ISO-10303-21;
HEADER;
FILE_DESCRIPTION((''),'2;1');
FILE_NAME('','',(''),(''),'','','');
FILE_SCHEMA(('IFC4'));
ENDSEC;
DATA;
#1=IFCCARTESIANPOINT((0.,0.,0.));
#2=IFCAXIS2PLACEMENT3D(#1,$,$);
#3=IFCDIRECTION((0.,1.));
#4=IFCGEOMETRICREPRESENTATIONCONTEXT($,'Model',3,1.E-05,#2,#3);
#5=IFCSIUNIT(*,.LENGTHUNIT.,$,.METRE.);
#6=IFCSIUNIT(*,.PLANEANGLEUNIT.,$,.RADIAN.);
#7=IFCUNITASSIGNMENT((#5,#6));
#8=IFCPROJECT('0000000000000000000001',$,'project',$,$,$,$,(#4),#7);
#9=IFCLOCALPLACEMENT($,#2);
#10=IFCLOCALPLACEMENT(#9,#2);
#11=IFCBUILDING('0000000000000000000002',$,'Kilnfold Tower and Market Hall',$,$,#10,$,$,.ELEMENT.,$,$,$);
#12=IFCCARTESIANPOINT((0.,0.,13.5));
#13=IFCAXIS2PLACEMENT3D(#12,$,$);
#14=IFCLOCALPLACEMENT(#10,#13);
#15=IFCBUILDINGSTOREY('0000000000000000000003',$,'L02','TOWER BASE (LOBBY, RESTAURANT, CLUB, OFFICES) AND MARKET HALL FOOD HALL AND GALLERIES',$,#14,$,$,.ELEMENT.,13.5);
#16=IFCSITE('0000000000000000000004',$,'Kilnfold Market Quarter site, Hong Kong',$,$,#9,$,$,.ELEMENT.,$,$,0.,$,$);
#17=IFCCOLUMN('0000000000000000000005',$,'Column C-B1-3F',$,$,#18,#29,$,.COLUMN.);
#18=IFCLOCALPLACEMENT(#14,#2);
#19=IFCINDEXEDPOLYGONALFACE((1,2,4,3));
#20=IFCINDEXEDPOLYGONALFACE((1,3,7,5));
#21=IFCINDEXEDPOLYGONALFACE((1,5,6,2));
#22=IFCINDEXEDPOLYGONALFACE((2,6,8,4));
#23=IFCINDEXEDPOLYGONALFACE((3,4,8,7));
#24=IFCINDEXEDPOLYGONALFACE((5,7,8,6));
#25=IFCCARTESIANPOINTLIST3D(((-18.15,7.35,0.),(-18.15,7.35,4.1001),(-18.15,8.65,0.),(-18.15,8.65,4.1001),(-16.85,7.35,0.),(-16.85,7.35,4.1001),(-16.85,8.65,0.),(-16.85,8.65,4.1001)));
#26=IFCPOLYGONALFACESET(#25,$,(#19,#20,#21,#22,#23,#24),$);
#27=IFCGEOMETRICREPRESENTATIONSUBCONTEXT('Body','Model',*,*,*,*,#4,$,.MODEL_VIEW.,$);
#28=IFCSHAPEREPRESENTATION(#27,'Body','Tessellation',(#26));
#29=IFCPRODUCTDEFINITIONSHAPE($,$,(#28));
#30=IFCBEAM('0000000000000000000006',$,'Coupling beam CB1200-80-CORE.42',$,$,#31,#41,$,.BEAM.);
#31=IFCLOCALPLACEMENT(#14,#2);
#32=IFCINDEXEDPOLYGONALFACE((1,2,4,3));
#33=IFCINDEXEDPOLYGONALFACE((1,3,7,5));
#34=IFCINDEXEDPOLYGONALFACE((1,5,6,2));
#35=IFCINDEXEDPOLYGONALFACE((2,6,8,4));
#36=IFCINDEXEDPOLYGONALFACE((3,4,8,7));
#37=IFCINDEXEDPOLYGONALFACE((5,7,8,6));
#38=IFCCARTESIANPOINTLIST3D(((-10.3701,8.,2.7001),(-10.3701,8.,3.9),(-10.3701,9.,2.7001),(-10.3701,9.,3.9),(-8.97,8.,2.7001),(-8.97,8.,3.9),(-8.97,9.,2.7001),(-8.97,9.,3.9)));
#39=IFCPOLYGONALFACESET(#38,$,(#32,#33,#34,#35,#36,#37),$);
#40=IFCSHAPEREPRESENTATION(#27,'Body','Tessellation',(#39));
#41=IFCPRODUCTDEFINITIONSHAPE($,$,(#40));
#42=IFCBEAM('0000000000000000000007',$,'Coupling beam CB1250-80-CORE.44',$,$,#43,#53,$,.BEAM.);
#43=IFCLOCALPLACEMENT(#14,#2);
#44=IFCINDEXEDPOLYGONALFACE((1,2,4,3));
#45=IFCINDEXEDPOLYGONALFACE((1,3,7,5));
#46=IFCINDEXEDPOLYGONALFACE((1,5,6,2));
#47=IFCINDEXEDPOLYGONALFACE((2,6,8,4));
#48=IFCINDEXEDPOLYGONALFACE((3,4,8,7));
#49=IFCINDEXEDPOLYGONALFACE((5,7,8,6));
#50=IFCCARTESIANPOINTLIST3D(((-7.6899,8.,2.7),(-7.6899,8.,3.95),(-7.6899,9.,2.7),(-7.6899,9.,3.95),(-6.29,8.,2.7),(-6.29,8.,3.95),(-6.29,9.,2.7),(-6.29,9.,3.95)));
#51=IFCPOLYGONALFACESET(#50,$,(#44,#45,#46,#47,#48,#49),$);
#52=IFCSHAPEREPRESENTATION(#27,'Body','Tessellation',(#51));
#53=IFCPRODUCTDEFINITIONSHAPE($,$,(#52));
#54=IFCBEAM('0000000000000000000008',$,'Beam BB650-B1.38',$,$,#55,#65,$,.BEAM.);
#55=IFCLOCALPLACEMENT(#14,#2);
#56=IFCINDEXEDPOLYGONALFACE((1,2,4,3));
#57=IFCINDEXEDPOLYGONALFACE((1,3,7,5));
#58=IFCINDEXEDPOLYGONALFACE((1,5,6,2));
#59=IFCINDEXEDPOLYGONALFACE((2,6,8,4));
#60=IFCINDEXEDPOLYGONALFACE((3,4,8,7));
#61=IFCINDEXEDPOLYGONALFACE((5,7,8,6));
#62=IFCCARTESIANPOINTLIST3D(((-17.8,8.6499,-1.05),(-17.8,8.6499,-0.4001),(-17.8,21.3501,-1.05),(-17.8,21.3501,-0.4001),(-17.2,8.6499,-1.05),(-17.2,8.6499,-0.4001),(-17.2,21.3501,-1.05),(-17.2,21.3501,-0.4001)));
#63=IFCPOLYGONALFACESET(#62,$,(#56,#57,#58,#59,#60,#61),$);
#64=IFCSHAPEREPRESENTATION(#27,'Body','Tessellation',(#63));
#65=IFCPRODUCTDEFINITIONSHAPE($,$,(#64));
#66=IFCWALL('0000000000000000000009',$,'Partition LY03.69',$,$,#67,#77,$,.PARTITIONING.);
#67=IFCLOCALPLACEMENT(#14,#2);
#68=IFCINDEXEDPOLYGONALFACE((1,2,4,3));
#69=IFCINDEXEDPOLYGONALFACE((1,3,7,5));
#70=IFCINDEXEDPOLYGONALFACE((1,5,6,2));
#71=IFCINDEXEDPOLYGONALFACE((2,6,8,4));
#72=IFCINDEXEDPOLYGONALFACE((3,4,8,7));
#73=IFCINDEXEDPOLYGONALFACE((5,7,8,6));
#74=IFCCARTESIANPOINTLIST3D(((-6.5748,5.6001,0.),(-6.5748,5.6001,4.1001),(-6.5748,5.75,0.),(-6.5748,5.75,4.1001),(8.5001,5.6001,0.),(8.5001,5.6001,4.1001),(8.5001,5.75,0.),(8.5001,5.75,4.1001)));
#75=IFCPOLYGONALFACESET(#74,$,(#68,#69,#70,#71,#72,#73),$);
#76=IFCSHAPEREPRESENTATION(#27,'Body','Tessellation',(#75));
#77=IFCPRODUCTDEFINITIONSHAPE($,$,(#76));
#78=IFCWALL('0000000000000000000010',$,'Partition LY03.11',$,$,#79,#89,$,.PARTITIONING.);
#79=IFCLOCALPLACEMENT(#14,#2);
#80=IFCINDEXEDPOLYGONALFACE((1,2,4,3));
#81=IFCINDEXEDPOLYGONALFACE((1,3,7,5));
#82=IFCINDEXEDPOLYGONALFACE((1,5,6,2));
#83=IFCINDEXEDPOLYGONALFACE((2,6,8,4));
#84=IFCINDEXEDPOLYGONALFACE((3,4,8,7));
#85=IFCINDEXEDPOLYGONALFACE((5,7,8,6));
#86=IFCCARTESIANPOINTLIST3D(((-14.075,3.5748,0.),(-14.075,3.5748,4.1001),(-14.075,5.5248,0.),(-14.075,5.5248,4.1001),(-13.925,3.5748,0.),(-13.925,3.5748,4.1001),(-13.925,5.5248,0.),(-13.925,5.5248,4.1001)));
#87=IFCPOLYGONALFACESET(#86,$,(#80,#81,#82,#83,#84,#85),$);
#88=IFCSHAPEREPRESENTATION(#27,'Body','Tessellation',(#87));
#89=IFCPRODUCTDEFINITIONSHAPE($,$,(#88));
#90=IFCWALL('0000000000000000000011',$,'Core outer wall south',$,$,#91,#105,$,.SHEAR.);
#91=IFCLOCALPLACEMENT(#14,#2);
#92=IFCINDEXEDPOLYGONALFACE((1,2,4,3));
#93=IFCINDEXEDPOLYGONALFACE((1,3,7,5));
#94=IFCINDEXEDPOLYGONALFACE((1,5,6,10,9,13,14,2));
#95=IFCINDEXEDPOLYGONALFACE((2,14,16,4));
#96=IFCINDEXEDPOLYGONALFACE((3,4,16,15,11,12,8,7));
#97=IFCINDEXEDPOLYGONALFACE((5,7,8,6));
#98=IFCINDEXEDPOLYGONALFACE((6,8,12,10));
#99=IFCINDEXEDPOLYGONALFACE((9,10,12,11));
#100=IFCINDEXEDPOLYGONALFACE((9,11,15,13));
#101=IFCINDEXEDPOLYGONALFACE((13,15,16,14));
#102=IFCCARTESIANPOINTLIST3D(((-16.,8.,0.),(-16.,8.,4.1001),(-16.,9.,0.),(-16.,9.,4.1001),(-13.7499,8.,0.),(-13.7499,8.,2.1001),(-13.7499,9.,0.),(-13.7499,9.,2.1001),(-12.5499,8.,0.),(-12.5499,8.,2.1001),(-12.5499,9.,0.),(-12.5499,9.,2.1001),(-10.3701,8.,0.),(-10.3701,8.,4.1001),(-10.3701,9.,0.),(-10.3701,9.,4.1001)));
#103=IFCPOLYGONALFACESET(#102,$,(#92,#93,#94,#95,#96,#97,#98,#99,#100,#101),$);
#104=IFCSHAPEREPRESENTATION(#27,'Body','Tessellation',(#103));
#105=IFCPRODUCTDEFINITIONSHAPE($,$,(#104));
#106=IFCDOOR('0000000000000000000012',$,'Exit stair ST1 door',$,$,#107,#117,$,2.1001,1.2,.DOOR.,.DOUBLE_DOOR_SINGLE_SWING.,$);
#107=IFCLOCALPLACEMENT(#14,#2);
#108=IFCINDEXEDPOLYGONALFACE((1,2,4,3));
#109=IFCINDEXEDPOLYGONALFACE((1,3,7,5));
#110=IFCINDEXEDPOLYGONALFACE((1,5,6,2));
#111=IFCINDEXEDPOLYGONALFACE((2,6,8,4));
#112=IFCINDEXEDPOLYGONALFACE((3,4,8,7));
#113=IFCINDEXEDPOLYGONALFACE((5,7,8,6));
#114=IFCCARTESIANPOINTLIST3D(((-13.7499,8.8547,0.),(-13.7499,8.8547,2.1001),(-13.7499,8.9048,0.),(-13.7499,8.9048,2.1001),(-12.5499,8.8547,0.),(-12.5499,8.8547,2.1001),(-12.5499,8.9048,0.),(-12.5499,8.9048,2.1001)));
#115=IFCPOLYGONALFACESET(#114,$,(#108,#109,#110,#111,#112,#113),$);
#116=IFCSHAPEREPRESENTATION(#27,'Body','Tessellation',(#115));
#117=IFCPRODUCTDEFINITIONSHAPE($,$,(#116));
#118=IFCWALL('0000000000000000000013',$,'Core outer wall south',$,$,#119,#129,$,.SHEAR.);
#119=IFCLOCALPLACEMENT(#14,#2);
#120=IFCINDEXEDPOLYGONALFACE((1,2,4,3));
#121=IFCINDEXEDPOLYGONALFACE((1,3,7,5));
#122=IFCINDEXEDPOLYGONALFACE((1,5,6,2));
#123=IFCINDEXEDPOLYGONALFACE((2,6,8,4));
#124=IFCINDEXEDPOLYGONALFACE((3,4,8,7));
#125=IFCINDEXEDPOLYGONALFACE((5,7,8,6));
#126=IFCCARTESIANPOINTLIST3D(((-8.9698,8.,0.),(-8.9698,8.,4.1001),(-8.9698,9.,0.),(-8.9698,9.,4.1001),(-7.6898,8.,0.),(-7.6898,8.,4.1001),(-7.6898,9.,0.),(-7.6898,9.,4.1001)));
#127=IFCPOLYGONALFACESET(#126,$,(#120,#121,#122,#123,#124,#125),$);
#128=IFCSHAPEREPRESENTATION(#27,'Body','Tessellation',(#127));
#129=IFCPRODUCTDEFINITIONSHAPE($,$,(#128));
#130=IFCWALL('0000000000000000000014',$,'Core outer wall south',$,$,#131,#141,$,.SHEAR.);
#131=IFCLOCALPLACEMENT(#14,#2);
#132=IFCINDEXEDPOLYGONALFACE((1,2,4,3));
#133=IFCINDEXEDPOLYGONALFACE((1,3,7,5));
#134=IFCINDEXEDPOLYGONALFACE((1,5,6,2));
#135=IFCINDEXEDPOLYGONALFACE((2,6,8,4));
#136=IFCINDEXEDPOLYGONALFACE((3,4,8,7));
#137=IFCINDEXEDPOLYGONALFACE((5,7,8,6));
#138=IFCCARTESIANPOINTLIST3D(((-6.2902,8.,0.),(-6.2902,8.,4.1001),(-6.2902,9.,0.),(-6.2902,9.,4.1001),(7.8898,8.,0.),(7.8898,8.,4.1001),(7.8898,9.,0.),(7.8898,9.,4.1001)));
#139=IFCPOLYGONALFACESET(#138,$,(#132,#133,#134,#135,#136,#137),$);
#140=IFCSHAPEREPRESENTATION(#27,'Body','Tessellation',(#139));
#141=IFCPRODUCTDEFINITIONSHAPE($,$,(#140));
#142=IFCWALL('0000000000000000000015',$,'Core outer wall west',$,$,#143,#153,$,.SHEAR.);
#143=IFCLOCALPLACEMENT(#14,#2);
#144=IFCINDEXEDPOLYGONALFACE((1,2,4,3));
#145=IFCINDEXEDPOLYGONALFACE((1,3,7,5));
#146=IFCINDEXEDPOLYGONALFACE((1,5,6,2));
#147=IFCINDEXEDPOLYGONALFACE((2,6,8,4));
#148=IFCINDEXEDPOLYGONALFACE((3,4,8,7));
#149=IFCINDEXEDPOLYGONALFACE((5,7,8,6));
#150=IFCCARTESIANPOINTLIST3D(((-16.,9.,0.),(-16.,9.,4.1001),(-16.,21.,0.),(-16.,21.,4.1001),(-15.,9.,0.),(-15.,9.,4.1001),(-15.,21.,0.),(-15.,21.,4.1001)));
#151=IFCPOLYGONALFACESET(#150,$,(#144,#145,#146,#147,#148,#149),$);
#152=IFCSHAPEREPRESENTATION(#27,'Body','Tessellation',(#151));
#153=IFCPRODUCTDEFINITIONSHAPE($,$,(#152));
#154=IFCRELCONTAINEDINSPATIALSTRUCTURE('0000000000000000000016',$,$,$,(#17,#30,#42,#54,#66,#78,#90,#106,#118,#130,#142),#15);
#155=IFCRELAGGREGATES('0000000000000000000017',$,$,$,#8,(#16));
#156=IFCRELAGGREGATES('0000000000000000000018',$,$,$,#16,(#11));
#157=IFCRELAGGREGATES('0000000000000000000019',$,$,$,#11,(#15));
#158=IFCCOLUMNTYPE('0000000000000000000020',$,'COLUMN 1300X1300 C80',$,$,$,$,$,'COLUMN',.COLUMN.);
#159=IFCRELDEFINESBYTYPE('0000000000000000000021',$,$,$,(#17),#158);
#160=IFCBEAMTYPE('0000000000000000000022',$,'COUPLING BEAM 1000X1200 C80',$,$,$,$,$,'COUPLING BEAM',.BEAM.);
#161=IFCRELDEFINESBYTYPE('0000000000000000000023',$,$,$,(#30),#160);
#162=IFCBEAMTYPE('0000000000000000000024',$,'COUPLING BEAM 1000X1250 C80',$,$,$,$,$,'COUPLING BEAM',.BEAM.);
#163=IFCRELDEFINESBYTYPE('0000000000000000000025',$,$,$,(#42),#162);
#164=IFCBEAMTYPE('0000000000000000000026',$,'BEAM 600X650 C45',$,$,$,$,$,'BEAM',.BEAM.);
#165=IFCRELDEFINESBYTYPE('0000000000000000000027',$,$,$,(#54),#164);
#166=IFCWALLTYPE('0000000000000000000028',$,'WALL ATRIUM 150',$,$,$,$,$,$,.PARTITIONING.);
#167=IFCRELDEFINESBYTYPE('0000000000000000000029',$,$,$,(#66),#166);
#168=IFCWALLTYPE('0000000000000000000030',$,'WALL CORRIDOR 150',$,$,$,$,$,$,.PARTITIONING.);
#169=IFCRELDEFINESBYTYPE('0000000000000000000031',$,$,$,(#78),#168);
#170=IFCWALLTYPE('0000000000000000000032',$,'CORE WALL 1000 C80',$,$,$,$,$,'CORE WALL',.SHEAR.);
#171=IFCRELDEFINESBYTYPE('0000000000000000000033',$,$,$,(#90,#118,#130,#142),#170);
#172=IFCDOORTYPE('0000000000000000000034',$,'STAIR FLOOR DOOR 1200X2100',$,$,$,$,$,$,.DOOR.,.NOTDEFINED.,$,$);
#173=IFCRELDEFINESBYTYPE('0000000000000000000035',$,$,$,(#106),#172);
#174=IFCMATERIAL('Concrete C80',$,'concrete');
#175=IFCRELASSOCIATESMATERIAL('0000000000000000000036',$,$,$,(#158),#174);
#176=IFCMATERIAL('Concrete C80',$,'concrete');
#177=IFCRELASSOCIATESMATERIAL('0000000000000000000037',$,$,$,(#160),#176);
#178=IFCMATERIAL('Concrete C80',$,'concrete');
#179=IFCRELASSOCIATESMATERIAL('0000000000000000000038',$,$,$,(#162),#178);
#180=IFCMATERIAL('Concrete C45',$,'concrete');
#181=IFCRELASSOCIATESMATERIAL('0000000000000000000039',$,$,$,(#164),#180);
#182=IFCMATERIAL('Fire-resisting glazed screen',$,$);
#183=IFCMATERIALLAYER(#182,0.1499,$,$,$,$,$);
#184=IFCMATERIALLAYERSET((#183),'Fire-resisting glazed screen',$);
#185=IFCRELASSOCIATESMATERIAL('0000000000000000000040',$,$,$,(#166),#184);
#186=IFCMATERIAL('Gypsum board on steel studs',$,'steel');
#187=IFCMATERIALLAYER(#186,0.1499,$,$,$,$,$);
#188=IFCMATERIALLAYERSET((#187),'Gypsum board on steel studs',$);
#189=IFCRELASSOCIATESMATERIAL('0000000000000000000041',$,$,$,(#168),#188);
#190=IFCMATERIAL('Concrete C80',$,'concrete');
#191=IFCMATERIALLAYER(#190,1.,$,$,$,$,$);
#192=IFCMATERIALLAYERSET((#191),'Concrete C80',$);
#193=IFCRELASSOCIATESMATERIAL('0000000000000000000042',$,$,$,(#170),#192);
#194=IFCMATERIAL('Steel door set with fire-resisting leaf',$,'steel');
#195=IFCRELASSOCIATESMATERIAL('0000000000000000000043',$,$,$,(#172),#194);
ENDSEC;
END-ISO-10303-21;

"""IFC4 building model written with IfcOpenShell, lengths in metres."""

from ifc_helpers import new_model, si_unit, direction, frame, frame_2d, origin, origin_2d, place, context, subcontext, project, spatial, rectangle, extrude, source, transform, mapped, material, layer, layer_set, material_profile, profile_set, type_object, element, fill, save


model = new_model("IFC4")

# Units and contexts
model_context = context("Model", 3, precision=1e-05, world=origin(), true_north=direction((0.0, 1.0)))
body_context = subcontext(model_context, "Body", "Model", "MODEL_VIEW")
ifc_project = project(units=[si_unit("LENGTHUNIT", "METRE"), si_unit("PLANEANGLEUNIT", "RADIAN")], contexts=[model_context])

# Site, building, storey
site_placement = place(None, origin())
site = spatial("IfcSite", under=ifc_project, at=site_placement, Name="Kilnfold Market Quarter site, Hong Kong", CompositionType="ELEMENT", RefElevation=0.0)
building_placement = place(site_placement, origin())
building = spatial("IfcBuilding", under=site, at=building_placement, Name="Kilnfold Tower and Market Hall", CompositionType="ELEMENT")
storey_placement = place(building_placement, frame((0.0, 0.0, 13.5)))
storey = spatial("IfcBuildingStorey", under=building, at=storey_placement, Name="L02", Description="TOWER BASE (LOBBY, RESTAURANT, CLUB, OFFICES) AND MARKET HALL FOOD HALL AND GALLERIES", CompositionType="ELEMENT", Elevation=13.5)

# Column
ifc_material_1 = material(Name="Concrete C80", Category="concrete")
ifc_material_profile_1 = material_profile(ifc_material_1, rectangle(XDim=1.3, YDim=1.3, at=origin_2d()), Name="RC 1300x1300")
ifc_profile_set_1 = profile_set([ifc_material_profile_1], Name="Concrete C80")
column_type = type_object("IfcColumnType", Name="COLUMN 1300X1300 C80", ElementType="COLUMN", PredefinedType="COLUMN", material=ifc_profile_set_1)
shared_shape_1 = source(origin(), body_context, "Body", "SweptSolid", [
    extrude(rectangle(XDim=1.3, YDim=1.3, at=origin_2d()), origin(), (0.0, 0.0, 1.0), 4.1001),
])
column_placement = place(storey_placement, frame((-17.5, 8.0, 0.0), z_axis=(0.0, 0.0, 1.0), x_axis=(1.0, 0.0, 0.0)))
element("IfcColumn", 1, at=column_placement, inside=storey, type_object=column_type, Name="Column C-B1-3F", PredefinedType="COLUMN", context=body_context, shape_type="MappedRepresentation", body=[
    mapped(shared_shape_1, transform((0.0, 0.0, 0.0))),
])

# Beams
ifc_material_2 = material(Name="Concrete C80", Category="concrete")
ifc_material_profile_2 = material_profile(ifc_material_2, rectangle(XDim=1.0, YDim=1.2, at=origin_2d()), Name="RC 1000x1200")
ifc_profile_set_2 = profile_set([ifc_material_profile_2], Name="Concrete C80")
beam_type_1 = type_object("IfcBeamType", Name="COUPLING BEAM 1000X1200 C80", ElementType="COUPLING BEAM", PredefinedType="BEAM", material=ifc_profile_set_2)
shared_shape_2 = source(origin(), body_context, "Body", "SweptSolid", [
    extrude(rectangle(XDim=1.0, YDim=1.2, at=origin_2d()), origin(), (0.0, 0.0, 1.0), 1.4001),
])
beam_1_placement = place(storey_placement, frame((-10.3701, 8.5, 3.3), z_axis=(1.0, 0.0, 0.0), x_axis=(0.0, 1.0, 0.0)))
element("IfcBeam", 2, at=beam_1_placement, inside=storey, type_object=beam_type_1, Name="Coupling beam CB1200-80-CORE.42", PredefinedType="BEAM", context=body_context, shape_type="MappedRepresentation", body=[
    mapped(shared_shape_2, transform((0.0, 0.0, 0.0))),
])
ifc_material_3 = material(Name="Concrete C80", Category="concrete")
ifc_material_profile_3 = material_profile(ifc_material_3, rectangle(XDim=1.0, YDim=1.25, at=origin_2d()), Name="RC 1000x1250")
ifc_profile_set_3 = profile_set([ifc_material_profile_3], Name="Concrete C80")
beam_type_2 = type_object("IfcBeamType", Name="COUPLING BEAM 1000X1250 C80", ElementType="COUPLING BEAM", PredefinedType="BEAM", material=ifc_profile_set_3)
shared_shape_3 = source(origin(), body_context, "Body", "SweptSolid", [
    extrude(rectangle(XDim=1.0, YDim=1.25, at=origin_2d()), origin(), (0.0, 0.0, 1.0), 1.3999),
])
beam_2_placement = place(storey_placement, frame((-7.6899, 8.5, 3.325), z_axis=(1.0, 0.0, 0.0), x_axis=(0.0, 1.0, 0.0)))
element("IfcBeam", 3, at=beam_2_placement, inside=storey, type_object=beam_type_2, Name="Coupling beam CB1250-80-CORE.44", PredefinedType="BEAM", context=body_context, shape_type="MappedRepresentation", body=[
    mapped(shared_shape_3, transform((0.0, 0.0, 0.0))),
])
ifc_material_4 = material(Name="Concrete C45", Category="concrete")
ifc_material_profile_4 = material_profile(ifc_material_4, rectangle(XDim=0.6001, YDim=0.6499, at=origin_2d()), Name="RC 600x650")
ifc_profile_set_4 = profile_set([ifc_material_profile_4], Name="Concrete C45")
beam_type_3 = type_object("IfcBeamType", Name="BEAM 600X650 C45", ElementType="BEAM", PredefinedType="BEAM", material=ifc_profile_set_4)
shared_shape_4 = source(origin(), body_context, "Body", "SweptSolid", [
    extrude(rectangle(XDim=0.6001, YDim=0.6499, at=origin_2d()), origin(), (0.0, 0.0, 1.0), 12.7002),
])
beam_3_placement = place(storey_placement, frame((-17.5, 8.6499, -0.7251), z_axis=(0.0, 1.0, 0.0), x_axis=(-1.0, 0.0, 0.0)))
element("IfcBeam", 4, at=beam_3_placement, inside=storey, type_object=beam_type_3, Name="Beam BB650-B1.38", PredefinedType="BEAM", context=body_context, shape_type="MappedRepresentation", body=[
    mapped(shared_shape_4, transform((0.0, 0.0, 0.0))),
])

# Walls
ifc_material_5 = material(Name="Fire-resisting glazed screen")
ifc_layer_1 = layer(ifc_material_5, 0.1499)
ifc_layer_set_1 = layer_set([ifc_layer_1], Name="Fire-resisting glazed screen")
wall_type_1 = type_object("IfcWallType", Name="WALL ATRIUM 150", PredefinedType="PARTITIONING", material=ifc_layer_set_1)
wall_1_placement = place(storey_placement, frame((-6.575, 5.675, 0.0), z_axis=(0.0, 0.0, 1.0), x_axis=(1.0, 0.0, 0.0)))
element("IfcWall", 5, at=wall_1_placement, inside=storey, type_object=wall_type_1, Name="Partition LY03.69", PredefinedType="PARTITIONING", context=body_context, shape_type="SweptSolid", body=[
    extrude(rectangle(XDim=15.075, YDim=0.1499, at=frame_2d((7.5376, 0.0))), origin(), (0.0, 0.0, 1.0), 4.1001),
])
ifc_material_6 = material(Name="Gypsum board on steel studs", Category="steel")
ifc_layer_2 = layer(ifc_material_6, 0.1499)
ifc_layer_set_2 = layer_set([ifc_layer_2], Name="Gypsum board on steel studs")
wall_type_2 = type_object("IfcWallType", Name="WALL CORRIDOR 150", PredefinedType="PARTITIONING", material=ifc_layer_set_2)
wall_2_placement = place(storey_placement, frame((-14.0, 5.5249, 0.0), z_axis=(0.0, 0.0, 1.0), x_axis=(0.0, -1.0, 0.0)))
element("IfcWall", 6, at=wall_2_placement, inside=storey, type_object=wall_type_2, Name="Partition LY03.11", PredefinedType="PARTITIONING", context=body_context, shape_type="SweptSolid", body=[
    extrude(rectangle(XDim=1.95, YDim=0.1499, at=frame_2d((0.9751, 0.0))), origin(), (0.0, 0.0, 1.0), 4.1001),
])

# Wall, opening, door
ifc_material_7 = material(Name="Concrete C80", Category="concrete")
ifc_layer_3 = layer(ifc_material_7, 1.0)
ifc_layer_set_3 = layer_set([ifc_layer_3], Name="Concrete C80")
wall_type_3 = type_object("IfcWallType", Name="CORE WALL 1000 C80", ElementType="CORE WALL", PredefinedType="SHEAR", material=ifc_layer_set_3)
shared_shape_5 = source(origin(), body_context, "Body", "SweptSolid", [
    extrude(rectangle(XDim=5.6299, YDim=1.0, at=frame_2d((2.8149, 0.0))), origin(), (0.0, 0.0, 1.0), 4.1001),
])
wall_3_placement = place(storey_placement, frame((-16.0, 8.5, 0.0), z_axis=(0.0, 0.0, 1.0), x_axis=(1.0, 0.0, 0.0)))
wall_3 = element("IfcWall", 7, at=wall_3_placement, inside=storey, type_object=wall_type_3, Name="Core outer wall south", PredefinedType="SHEAR", context=body_context, shape_type="MappedRepresentation", body=[
    mapped(shared_shape_5, transform((0.0, 0.0, 0.0))),
])
opening_1_placement = place(wall_3_placement, frame((2.25, 0.0, 0.0)))
opening_1 = element("IfcOpeningElement", 8, at=opening_1_placement, cuts=wall_3, PredefinedType="OPENING", context=body_context, shape_type="SweptSolid", body=[
    extrude(rectangle(XDim=1.2, YDim=2.1001, at=frame_2d((0.6001, 1.05))), frame((0.0, 0.51, 0.0), z_axis=(0.0, -1.0, 0.0), x_axis=(1.0, 0.0, 0.0)), (0.0, 0.0, 1.0), 1.02),
])
ifc_material_8 = material(Name="Steel door set with fire-resisting leaf", Category="steel")
door_type_1 = type_object("IfcDoorType", Name="STAIR FLOOR DOOR 1200X2100", OperationType="NOTDEFINED", PredefinedType="DOOR", material=ifc_material_8)
door_1_placement = place(opening_1_placement, origin())
door_1 = element("IfcDoor", 9, at=door_1_placement, inside=storey, type_object=door_type_1, Name="Exit stair ST1 door", OperationType="DOUBLE_DOOR_SINGLE_SWING", OverallHeight=2.1001, OverallWidth=1.2, PredefinedType="DOOR", context=body_context, shape_type="SweptSolid", body=[
    extrude(rectangle(XDim=1.2, YDim=2.1001, at=frame_2d((0.6001, 1.05))), frame((0.0, 0.4048, 0.0), z_axis=(0.0, -1.0, 0.0), x_axis=(1.0, 0.0, 0.0)), (0.0, 0.0, 1.0), 0.05),
])
fill(opening_1, door_1)

# Walls
shared_shape_6 = source(origin(), body_context, "Body", "SweptSolid", [
    extrude(rectangle(XDim=1.28, YDim=1.0, at=frame_2d((0.6401, 0.0))), origin(), (0.0, 0.0, 1.0), 4.1001),
])
wall_4_placement = place(storey_placement, frame((-8.97, 8.5, 0.0), z_axis=(0.0, 0.0, 1.0), x_axis=(1.0, 0.0, 0.0)))
element("IfcWall", 10, at=wall_4_placement, inside=storey, type_object=wall_type_3, Name="Core outer wall south", PredefinedType="SHEAR", context=body_context, shape_type="MappedRepresentation", body=[
    mapped(shared_shape_6, transform((0.0, 0.0, 0.0))),
])
shared_shape_7 = source(origin(), body_context, "Body", "SweptSolid", [
    extrude(rectangle(XDim=14.1799, YDim=1.0, at=frame_2d((7.0898, 0.0))), origin(), (0.0, 0.0, 1.0), 4.1001),
])
wall_5_placement = place(storey_placement, frame((-6.29, 8.5, 0.0), z_axis=(0.0, 0.0, 1.0), x_axis=(1.0, 0.0, 0.0)))
element("IfcWall", 11, at=wall_5_placement, inside=storey, type_object=wall_type_3, Name="Core outer wall south", PredefinedType="SHEAR", context=body_context, shape_type="MappedRepresentation", body=[
    mapped(shared_shape_7, transform((0.0, 0.0, 0.0))),
])
shared_shape_8 = source(origin(), body_context, "Body", "SweptSolid", [
    extrude(rectangle(XDim=12.0, YDim=1.0, at=frame_2d((6.0, 0.0))), origin(), (0.0, 0.0, 1.0), 4.1001),
])
wall_6_placement = place(storey_placement, frame((-15.5, 9.0, 0.0), z_axis=(0.0, 0.0, 1.0), x_axis=(0.0, 1.0, 0.0)))
element("IfcWall", 12, at=wall_6_placement, inside=storey, type_object=wall_type_3, Name="Core outer wall west", PredefinedType="SHEAR", context=body_context, shape_type="MappedRepresentation", body=[
    mapped(shared_shape_8, transform((0.0, 0.0, 0.0))),
])

save(model, "model.ifc")
